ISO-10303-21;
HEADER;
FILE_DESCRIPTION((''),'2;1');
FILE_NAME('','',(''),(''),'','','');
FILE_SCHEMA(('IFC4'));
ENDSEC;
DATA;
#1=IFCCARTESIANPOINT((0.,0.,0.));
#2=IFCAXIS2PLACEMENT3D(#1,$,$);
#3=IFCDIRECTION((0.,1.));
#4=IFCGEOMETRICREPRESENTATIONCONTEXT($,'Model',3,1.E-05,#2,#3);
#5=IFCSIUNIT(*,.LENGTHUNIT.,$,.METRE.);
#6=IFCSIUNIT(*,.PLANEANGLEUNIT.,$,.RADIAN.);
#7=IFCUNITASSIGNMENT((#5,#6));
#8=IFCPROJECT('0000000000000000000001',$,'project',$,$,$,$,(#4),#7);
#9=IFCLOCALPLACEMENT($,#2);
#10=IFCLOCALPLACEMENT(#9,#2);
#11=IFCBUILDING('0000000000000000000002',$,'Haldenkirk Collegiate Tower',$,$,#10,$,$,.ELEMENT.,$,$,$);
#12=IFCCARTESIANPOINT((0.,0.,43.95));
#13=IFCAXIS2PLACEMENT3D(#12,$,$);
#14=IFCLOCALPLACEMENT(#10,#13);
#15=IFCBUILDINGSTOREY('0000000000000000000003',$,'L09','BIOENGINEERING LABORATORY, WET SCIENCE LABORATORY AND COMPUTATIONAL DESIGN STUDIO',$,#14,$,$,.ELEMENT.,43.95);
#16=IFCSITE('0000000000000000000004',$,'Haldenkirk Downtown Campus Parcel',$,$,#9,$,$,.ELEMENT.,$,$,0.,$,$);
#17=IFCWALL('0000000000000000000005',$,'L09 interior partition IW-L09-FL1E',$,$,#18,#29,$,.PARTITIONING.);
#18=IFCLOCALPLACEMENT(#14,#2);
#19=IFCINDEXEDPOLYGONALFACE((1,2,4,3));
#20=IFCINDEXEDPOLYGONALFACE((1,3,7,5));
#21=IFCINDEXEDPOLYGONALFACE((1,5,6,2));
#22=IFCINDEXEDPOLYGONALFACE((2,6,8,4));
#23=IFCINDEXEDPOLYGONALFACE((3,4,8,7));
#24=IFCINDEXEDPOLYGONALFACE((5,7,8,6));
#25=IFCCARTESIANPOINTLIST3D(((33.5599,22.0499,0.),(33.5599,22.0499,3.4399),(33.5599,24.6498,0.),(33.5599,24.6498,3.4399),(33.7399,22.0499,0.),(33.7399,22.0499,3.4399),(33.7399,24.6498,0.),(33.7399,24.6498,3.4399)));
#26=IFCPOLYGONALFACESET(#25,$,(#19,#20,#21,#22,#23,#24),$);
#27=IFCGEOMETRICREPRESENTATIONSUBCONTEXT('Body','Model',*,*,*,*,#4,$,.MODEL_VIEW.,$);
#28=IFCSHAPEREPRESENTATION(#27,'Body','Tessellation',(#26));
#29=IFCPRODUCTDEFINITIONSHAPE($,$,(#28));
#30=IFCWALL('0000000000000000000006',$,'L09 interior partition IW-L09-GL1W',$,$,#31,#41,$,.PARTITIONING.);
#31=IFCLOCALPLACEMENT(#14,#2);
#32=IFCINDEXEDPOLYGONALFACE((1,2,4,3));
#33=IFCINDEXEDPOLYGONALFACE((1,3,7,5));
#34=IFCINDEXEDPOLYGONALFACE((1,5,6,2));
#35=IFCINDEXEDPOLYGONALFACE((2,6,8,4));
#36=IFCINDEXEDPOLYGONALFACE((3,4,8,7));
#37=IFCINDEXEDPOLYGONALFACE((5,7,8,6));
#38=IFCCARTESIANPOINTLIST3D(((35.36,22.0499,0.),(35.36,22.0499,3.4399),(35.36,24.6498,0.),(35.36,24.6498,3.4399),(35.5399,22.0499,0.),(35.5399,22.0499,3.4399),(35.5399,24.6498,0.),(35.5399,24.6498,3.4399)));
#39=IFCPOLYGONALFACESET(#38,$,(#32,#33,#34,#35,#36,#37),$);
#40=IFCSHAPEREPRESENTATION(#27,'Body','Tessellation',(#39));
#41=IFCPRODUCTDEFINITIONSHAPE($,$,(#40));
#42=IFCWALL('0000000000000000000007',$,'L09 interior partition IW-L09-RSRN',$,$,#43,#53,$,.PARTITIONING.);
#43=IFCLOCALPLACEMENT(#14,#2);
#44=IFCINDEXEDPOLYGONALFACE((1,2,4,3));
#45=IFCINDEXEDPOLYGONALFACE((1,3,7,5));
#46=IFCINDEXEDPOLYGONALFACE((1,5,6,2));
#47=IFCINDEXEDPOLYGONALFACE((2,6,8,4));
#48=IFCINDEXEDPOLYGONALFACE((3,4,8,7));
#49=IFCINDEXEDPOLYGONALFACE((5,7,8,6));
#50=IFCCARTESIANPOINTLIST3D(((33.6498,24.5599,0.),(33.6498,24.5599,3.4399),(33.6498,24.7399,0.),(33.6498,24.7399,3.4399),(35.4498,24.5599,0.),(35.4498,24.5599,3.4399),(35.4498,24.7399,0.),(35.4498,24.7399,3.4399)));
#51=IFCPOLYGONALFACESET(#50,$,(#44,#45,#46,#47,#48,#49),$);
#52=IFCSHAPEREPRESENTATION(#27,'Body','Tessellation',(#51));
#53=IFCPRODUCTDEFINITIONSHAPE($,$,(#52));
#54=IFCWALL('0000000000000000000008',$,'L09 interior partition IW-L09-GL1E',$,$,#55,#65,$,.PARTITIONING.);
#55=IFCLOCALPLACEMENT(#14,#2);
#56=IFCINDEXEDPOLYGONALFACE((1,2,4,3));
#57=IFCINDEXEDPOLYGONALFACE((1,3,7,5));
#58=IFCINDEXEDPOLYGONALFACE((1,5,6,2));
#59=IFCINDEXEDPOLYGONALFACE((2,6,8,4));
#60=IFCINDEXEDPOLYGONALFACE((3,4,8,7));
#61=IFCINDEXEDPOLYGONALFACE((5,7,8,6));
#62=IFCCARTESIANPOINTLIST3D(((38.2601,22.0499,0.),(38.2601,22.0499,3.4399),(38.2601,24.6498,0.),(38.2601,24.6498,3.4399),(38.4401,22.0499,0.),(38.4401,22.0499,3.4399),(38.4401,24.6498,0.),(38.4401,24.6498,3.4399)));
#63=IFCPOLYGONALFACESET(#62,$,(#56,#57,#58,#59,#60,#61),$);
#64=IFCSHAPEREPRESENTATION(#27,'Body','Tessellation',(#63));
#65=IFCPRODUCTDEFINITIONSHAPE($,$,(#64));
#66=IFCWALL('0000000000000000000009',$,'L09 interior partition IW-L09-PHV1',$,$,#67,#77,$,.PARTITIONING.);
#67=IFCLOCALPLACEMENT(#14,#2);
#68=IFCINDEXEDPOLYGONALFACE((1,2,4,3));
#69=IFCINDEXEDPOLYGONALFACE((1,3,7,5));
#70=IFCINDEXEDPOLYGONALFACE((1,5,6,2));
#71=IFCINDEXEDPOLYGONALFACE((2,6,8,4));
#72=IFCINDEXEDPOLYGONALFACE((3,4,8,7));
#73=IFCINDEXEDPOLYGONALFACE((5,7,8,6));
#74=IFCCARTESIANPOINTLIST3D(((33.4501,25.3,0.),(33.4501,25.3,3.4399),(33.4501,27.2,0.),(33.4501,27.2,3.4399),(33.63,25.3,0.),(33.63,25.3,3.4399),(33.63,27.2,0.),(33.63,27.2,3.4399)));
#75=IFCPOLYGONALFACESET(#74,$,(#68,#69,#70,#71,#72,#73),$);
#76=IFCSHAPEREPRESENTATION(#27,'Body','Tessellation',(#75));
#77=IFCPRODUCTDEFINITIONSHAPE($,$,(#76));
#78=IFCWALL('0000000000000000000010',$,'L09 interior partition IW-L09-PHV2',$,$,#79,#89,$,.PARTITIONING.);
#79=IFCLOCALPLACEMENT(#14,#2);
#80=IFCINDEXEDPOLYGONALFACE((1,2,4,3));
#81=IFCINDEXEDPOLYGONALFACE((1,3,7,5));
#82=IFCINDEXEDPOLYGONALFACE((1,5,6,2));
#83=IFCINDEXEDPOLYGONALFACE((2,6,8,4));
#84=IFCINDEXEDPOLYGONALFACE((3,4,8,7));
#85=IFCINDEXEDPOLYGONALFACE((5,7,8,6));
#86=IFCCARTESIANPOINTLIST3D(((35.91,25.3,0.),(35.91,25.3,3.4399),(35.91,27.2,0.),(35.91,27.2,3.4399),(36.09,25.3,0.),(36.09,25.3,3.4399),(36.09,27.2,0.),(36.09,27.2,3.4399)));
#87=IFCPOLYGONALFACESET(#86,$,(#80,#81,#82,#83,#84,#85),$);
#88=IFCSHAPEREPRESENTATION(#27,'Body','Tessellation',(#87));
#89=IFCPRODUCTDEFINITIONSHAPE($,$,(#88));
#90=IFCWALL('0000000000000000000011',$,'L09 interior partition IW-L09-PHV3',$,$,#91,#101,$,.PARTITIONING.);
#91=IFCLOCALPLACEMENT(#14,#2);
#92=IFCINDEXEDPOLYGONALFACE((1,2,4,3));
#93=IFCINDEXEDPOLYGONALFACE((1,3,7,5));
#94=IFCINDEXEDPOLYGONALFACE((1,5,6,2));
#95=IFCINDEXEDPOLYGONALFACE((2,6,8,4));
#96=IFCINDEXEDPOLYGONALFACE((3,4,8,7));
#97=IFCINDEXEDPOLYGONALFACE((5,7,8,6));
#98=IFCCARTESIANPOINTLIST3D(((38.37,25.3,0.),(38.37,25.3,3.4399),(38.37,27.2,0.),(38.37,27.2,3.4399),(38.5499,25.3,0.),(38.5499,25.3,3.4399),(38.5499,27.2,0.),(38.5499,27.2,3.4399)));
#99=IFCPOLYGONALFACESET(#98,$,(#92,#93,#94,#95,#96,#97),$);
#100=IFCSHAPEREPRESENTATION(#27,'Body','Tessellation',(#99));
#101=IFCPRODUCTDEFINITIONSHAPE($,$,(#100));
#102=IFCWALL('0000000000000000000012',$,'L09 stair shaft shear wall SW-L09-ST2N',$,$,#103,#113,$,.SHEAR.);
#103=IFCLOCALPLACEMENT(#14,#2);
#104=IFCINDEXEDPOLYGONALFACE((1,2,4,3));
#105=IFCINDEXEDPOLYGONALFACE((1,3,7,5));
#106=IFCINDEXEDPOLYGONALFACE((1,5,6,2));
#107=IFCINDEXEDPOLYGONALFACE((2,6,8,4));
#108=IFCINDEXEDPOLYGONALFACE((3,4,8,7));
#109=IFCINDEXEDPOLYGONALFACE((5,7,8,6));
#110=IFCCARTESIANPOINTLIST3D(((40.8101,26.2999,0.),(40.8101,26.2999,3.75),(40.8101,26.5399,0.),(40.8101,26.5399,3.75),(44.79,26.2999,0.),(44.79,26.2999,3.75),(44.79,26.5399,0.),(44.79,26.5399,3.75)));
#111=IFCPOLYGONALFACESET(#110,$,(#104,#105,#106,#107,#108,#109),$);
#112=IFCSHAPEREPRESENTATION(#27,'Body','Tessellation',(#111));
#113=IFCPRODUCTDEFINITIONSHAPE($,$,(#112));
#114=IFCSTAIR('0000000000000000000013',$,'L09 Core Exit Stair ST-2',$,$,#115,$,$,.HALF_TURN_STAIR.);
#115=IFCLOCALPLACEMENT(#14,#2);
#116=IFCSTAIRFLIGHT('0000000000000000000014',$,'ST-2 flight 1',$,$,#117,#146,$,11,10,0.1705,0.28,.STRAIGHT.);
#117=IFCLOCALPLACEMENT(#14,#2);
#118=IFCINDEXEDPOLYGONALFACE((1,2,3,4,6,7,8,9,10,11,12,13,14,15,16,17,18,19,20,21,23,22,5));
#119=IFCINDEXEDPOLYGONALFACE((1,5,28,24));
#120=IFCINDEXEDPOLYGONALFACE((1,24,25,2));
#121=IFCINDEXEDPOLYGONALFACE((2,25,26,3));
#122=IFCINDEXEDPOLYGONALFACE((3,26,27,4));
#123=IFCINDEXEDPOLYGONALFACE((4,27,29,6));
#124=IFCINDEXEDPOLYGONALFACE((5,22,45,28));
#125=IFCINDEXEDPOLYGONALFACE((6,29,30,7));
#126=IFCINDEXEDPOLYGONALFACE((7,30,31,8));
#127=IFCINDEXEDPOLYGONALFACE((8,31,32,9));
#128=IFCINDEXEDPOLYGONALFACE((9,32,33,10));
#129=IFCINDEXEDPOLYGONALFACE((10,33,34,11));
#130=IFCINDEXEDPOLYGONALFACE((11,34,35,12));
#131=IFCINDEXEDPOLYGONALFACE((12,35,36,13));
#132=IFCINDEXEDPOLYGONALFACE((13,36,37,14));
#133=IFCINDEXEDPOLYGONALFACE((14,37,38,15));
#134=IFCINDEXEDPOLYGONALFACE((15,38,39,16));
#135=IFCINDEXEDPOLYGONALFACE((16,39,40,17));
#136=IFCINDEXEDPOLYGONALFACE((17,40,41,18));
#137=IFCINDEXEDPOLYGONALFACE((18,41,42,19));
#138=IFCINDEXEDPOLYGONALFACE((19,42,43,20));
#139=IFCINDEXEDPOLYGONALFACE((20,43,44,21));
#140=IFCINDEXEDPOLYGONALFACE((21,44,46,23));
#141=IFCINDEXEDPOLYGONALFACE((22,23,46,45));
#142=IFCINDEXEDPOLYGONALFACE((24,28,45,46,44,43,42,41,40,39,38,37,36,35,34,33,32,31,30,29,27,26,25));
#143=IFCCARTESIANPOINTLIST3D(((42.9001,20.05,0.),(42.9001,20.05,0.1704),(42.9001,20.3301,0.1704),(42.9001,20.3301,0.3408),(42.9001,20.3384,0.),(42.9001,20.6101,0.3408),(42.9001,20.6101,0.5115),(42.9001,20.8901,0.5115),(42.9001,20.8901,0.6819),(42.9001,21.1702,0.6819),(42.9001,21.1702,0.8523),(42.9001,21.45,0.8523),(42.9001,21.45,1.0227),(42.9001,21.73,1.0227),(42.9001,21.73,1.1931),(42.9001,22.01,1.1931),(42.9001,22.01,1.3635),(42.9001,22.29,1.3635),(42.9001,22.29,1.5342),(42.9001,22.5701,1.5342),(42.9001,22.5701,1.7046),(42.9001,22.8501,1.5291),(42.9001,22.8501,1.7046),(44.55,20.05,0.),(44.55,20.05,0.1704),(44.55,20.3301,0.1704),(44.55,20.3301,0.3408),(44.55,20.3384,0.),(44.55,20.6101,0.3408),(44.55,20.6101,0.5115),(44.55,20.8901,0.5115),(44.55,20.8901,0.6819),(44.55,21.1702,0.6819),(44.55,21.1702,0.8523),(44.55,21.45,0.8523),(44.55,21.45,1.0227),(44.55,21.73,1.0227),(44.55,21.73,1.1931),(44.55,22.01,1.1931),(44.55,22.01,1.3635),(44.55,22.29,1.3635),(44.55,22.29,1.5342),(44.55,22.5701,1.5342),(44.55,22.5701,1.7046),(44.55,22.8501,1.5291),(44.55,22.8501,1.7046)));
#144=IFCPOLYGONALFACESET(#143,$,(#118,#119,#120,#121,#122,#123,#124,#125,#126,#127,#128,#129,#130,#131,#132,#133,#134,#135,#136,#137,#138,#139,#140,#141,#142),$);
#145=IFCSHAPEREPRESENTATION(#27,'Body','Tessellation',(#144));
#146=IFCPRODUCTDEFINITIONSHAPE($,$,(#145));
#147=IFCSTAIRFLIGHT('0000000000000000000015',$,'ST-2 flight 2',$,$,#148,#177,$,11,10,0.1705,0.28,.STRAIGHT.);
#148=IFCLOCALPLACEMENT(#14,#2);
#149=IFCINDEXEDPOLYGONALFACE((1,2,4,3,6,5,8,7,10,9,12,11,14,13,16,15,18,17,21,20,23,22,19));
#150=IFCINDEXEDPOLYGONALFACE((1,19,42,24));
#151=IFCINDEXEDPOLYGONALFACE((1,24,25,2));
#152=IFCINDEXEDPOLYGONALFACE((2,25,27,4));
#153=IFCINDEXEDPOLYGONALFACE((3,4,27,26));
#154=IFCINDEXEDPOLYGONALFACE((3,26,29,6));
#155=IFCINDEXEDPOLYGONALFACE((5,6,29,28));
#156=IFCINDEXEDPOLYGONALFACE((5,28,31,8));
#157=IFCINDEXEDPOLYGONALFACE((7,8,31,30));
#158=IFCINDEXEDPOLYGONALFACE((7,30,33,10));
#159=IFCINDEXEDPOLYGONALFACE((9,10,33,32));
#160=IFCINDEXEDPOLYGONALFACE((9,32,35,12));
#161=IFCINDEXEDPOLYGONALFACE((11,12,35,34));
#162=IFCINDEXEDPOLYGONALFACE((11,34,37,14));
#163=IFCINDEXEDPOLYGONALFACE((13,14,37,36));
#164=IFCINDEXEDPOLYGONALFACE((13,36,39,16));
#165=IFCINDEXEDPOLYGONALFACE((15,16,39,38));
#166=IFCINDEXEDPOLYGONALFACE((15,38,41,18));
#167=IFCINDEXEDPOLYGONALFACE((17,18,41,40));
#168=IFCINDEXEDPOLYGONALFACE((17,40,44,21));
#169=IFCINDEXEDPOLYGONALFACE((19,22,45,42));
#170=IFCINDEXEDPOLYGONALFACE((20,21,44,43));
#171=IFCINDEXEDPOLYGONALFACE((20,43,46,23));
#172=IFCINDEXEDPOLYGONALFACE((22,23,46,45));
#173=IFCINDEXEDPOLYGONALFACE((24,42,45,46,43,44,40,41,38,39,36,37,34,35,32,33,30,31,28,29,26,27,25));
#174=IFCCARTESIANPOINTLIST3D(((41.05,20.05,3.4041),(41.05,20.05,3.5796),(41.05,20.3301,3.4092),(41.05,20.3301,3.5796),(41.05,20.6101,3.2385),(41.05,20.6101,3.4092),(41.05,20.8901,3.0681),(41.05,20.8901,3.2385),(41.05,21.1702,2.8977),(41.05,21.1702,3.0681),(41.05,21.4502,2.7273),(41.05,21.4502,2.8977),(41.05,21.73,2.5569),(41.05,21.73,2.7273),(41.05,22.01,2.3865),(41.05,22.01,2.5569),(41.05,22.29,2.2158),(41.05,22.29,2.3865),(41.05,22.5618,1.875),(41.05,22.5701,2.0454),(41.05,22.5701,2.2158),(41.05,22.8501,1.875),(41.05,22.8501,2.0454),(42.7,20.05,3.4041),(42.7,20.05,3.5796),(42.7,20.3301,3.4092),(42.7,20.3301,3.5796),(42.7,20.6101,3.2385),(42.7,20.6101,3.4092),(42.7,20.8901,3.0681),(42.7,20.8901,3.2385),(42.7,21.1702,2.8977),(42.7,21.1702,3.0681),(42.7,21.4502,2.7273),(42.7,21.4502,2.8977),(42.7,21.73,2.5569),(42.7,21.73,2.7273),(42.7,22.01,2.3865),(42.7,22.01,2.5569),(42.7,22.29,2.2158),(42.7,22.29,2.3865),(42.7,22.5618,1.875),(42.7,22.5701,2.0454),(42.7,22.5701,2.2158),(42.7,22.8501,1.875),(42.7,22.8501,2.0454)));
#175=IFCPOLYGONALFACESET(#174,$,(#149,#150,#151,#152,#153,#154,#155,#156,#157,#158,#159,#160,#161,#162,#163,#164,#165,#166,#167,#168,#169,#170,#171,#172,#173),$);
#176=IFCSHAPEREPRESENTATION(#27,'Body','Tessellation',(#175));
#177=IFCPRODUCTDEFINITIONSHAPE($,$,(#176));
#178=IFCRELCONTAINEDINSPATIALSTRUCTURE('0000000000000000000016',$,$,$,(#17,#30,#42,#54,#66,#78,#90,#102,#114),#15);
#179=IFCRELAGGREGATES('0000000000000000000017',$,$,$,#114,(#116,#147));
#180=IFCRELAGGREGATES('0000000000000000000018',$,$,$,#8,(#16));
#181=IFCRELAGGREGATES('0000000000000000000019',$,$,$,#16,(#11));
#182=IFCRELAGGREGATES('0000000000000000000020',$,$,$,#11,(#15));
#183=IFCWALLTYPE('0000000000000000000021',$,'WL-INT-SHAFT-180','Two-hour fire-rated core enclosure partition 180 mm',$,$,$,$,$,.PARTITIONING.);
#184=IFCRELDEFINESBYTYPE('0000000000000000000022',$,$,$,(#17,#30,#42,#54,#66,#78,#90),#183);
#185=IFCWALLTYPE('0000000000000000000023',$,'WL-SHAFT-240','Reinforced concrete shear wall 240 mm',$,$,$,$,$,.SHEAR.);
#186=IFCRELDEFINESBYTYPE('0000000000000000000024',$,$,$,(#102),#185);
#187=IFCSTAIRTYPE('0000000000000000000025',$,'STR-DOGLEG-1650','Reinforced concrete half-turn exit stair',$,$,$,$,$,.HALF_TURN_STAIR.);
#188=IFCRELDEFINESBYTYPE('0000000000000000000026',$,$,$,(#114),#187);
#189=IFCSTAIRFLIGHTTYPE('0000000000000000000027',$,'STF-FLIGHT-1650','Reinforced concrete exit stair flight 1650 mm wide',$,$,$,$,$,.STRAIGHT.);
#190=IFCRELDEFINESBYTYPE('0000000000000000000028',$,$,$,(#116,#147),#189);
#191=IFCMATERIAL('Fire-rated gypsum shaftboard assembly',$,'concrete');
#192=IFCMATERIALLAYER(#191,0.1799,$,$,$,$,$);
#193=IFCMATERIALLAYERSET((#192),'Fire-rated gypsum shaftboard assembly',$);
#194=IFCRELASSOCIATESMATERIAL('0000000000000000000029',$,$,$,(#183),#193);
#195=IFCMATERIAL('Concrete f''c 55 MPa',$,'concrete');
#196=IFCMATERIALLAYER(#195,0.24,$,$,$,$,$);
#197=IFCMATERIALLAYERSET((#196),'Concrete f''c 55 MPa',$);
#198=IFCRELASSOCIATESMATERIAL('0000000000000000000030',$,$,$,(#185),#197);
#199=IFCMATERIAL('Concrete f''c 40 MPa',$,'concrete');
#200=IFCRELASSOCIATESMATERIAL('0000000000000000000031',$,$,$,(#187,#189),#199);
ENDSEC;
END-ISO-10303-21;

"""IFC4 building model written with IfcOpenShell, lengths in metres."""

from ifc_helpers import new_model, si_unit, direction, frame, frame_2d, origin, place, context, subcontext, project, spatial, polyline, rectangle, outline, extrude, material, layer, layer_set, type_object, element, aggregate, save


model = new_model("IFC4")

# Units and contexts
model_context = context("Model", 3, precision=1e-05, world=origin(), true_north=direction((0.0, 1.0)))
body_context = subcontext(model_context, "Body", "Model", "MODEL_VIEW")
ifc_project = project(units=[si_unit("LENGTHUNIT", "METRE"), si_unit("PLANEANGLEUNIT", "RADIAN")], contexts=[model_context])

# Site, building, storey
site_placement = place(None, origin())
site = spatial("IfcSite", under=ifc_project, at=site_placement, Name="Haldenkirk Downtown Campus Parcel", CompositionType="ELEMENT", RefElevation=0.0)
building_placement = place(site_placement, origin())
building = spatial("IfcBuilding", under=site, at=building_placement, Name="Haldenkirk Collegiate Tower", CompositionType="ELEMENT")
storey_placement = place(building_placement, frame((0.0, 0.0, 43.95)))
storey = spatial("IfcBuildingStorey", under=building, at=storey_placement, Name="L09", Description="BIOENGINEERING LABORATORY, WET SCIENCE LABORATORY AND COMPUTATIONAL DESIGN STUDIO", CompositionType="ELEMENT", Elevation=43.95)

# Walls
ifc_material_1 = material(Name="Fire-rated gypsum shaftboard assembly", Category="concrete")
ifc_layer_1 = layer(ifc_material_1, 0.1799)
ifc_layer_set_1 = layer_set([ifc_layer_1], Name="Fire-rated gypsum shaftboard assembly")
wall_type_1 = type_object("IfcWallType", Name="WL-INT-SHAFT-180", Description="Two-hour fire-rated core enclosure partition 180 mm", PredefinedType="PARTITIONING", material=ifc_layer_set_1)
for number, where, z_axis, x_axis, name in (
    (1, (33.6499, 22.05, 0.0), (0.0, 0.0, 1.0), (0.0, 1.0, 0.0), "L09 interior partition IW-L09-FL1E"),
    (2, (35.45, 22.05, 0.0), (0.0, 0.0, 1.0), (0.0, 1.0, 0.0), "L09 interior partition IW-L09-GL1W"),
):
    element("IfcWall", number, at=place(storey_placement, frame(where, z_axis=z_axis, x_axis=x_axis)), inside=storey, type_object=wall_type_1, Name=name, PredefinedType="PARTITIONING", context=body_context, shape_type="SweptSolid", body=[
        extrude(rectangle(XDim=2.5999, YDim=0.1799, at=frame_2d((1.2998, 0.0))), origin(), (0.0, 0.0, 1.0), 3.4399),
    ])
wall_1_placement = place(storey_placement, frame((33.6499, 24.6499, 0.0), z_axis=(0.0, 0.0, 1.0), x_axis=(1.0, 0.0, 0.0)))
element("IfcWall", 3, at=wall_1_placement, inside=storey, type_object=wall_type_1, Name="L09 interior partition IW-L09-RSRN", PredefinedType="PARTITIONING", context=body_context, shape_type="SweptSolid", body=[
    extrude(rectangle(XDim=1.8, YDim=0.1799, at=frame_2d((0.8999, 0.0))), origin(), (0.0, 0.0, 1.0), 3.4399),
])
wall_2_placement = place(storey_placement, frame((38.3501, 22.05, 0.0), z_axis=(0.0, 0.0, 1.0), x_axis=(0.0, 1.0, 0.0)))
element("IfcWall", 4, at=wall_2_placement, inside=storey, type_object=wall_type_1, Name="L09 interior partition IW-L09-GL1E", PredefinedType="PARTITIONING", context=body_context, shape_type="SweptSolid", body=[
    extrude(rectangle(XDim=2.5999, YDim=0.1799, at=frame_2d((1.2998, 0.0))), origin(), (0.0, 0.0, 1.0), 3.4399),
])
for number, where, z_axis, x_axis, name in (
    (5, (33.54, 25.3, 0.0), (0.0, 0.0, 1.0), (0.0, 1.0, 0.0), "L09 interior partition IW-L09-PHV1"),
    (6, (36.0, 25.3, 0.0), (0.0, 0.0, 1.0), (0.0, 1.0, 0.0), "L09 interior partition IW-L09-PHV2"),
    (7, (38.46, 25.3, 0.0), (0.0, 0.0, 1.0), (0.0, 1.0, 0.0), "L09 interior partition IW-L09-PHV3"),
):
    element("IfcWall", number, at=place(storey_placement, frame(where, z_axis=z_axis, x_axis=x_axis)), inside=storey, type_object=wall_type_1, Name=name, PredefinedType="PARTITIONING", context=body_context, shape_type="SweptSolid", body=[
        extrude(rectangle(XDim=1.8999, YDim=0.1799, at=frame_2d((0.95, 0.0))), origin(), (0.0, 0.0, 1.0), 3.4399),
    ])

# Wall
ifc_material_2 = material(Name="Concrete f'c 55 MPa", Category="concrete")
ifc_layer_2 = layer(ifc_material_2, 0.24)
ifc_layer_set_2 = layer_set([ifc_layer_2], Name="Concrete f'c 55 MPa")
wall_type_2 = type_object("IfcWallType", Name="WL-SHAFT-240", Description="Reinforced concrete shear wall 240 mm", PredefinedType="SHEAR", material=ifc_layer_set_2)
wall_3_placement = place(storey_placement, frame((40.8101, 26.4199, 0.0), z_axis=(0.0, 0.0, 1.0), x_axis=(1.0, 0.0, 0.0)))
element("IfcWall", 8, at=wall_3_placement, inside=storey, type_object=wall_type_2, Name="L09 stair shaft shear wall SW-L09-ST2N", PredefinedType="SHEAR", context=body_context, shape_type="SweptSolid", body=[
    extrude(rectangle(XDim=3.98, YDim=0.24, at=frame_2d((1.99, 0.0))), origin(), (0.0, 0.0, 1.0), 3.75),
])

# Stair, stair flights
ifc_material_3 = material(Name="Concrete f'c 40 MPa", Category="concrete")
stair_type = type_object("IfcStairType", Name="STR-DOGLEG-1650", Description="Reinforced concrete half-turn exit stair", PredefinedType="HALF_TURN_STAIR", material=ifc_material_3)
stair_placement = place(storey_placement, origin())
stair = element("IfcStair", 9, at=stair_placement, inside=storey, type_object=stair_type, Name="L09 Core Exit Stair ST-2", PredefinedType="HALF_TURN_STAIR")
stair_flight_type = type_object("IfcStairFlightType", Name="STF-FLIGHT-1650", Description="Reinforced concrete exit stair flight 1650 mm wide", PredefinedType="STRAIGHT", material=ifc_material_3)
stair_flight_1_placement = place(storey_placement, frame((43.7251, 20.05, 0.0), z_axis=(0.0, 0.0, 1.0), x_axis=(0.0, 1.0, 0.0)))
stair_flight_1 = element("IfcStairFlight", 10, at=stair_flight_1_placement, type_object=stair_flight_type, Name="ST-2 flight 1", NumberOfRisers=11, NumberOfTreads=10, PredefinedType="STRAIGHT", RiserHeight=0.1705, TreadLength=0.28, context=body_context, shape_type="SweptSolid", body=[
    extrude(outline(polyline([(0.0, 0.0), (0.0, 0.1704), (0.28, 0.1704), (0.28, 0.3408), (0.5601, 0.3408), (0.5601, 0.5115), (0.8401, 0.5115), (0.8401, 0.6819), (1.1201, 0.6819), (1.1201, 0.8523), (1.3999, 0.8523), (1.3999, 1.0227), (1.6799, 1.0227), (1.6799, 1.1931), (1.96, 1.1931), (1.96, 1.3635), (2.24, 1.3635), (2.24, 1.5342), (2.52, 1.5342), (2.52, 1.7046), (2.8, 1.7046), (2.8, 1.875), (2.8, 1.5291), (0.2883, 0.0), (0.0, 0.0)])), frame((0.0, 0.825, 0.0), z_axis=(0.0, -1.0, 0.0), x_axis=(1.0, 0.0, 0.0)), (0.0, 0.0, 1.0), 1.6499),
])
stair_flight_2_placement = place(storey_placement, frame((41.875, 22.8501, 1.875), z_axis=(0.0, 0.0, 1.0), x_axis=(0.0, -1.0, 0.0)))
stair_flight_2 = element("IfcStairFlight", 11, at=stair_flight_2_placement, type_object=stair_flight_type, Name="ST-2 flight 2", NumberOfRisers=11, NumberOfTreads=10, PredefinedType="STRAIGHT", RiserHeight=0.1705, TreadLength=0.28, context=body_context, shape_type="SweptSolid", body=[
    extrude(outline(polyline([(0.0, 0.0), (0.0, 0.1704), (0.28, 0.1704), (0.28, 0.3408), (0.5601, 0.3408), (0.5601, 0.5115), (0.8401, 0.5115), (0.8401, 0.6819), (1.1201, 0.6819), (1.1201, 0.8523), (1.3999, 0.8523), (1.3999, 1.0227), (1.6799, 1.0227), (1.6799, 1.1931), (1.96, 1.1931), (1.96, 1.3635), (2.24, 1.3635), (2.24, 1.5342), (2.52, 1.5342), (2.52, 1.7046), (2.8, 1.7046), (2.8, 1.875), (2.8, 1.5291), (0.2883, 0.0), (0.0, 0.0)])), frame((0.0, 0.825, 0.0), z_axis=(0.0, -1.0, 0.0), x_axis=(1.0, 0.0, 0.0)), (0.0, 0.0, 1.0), 1.6499),
])
aggregate(stair, [stair_flight_1, stair_flight_2])

save(model, "model.ifc")
